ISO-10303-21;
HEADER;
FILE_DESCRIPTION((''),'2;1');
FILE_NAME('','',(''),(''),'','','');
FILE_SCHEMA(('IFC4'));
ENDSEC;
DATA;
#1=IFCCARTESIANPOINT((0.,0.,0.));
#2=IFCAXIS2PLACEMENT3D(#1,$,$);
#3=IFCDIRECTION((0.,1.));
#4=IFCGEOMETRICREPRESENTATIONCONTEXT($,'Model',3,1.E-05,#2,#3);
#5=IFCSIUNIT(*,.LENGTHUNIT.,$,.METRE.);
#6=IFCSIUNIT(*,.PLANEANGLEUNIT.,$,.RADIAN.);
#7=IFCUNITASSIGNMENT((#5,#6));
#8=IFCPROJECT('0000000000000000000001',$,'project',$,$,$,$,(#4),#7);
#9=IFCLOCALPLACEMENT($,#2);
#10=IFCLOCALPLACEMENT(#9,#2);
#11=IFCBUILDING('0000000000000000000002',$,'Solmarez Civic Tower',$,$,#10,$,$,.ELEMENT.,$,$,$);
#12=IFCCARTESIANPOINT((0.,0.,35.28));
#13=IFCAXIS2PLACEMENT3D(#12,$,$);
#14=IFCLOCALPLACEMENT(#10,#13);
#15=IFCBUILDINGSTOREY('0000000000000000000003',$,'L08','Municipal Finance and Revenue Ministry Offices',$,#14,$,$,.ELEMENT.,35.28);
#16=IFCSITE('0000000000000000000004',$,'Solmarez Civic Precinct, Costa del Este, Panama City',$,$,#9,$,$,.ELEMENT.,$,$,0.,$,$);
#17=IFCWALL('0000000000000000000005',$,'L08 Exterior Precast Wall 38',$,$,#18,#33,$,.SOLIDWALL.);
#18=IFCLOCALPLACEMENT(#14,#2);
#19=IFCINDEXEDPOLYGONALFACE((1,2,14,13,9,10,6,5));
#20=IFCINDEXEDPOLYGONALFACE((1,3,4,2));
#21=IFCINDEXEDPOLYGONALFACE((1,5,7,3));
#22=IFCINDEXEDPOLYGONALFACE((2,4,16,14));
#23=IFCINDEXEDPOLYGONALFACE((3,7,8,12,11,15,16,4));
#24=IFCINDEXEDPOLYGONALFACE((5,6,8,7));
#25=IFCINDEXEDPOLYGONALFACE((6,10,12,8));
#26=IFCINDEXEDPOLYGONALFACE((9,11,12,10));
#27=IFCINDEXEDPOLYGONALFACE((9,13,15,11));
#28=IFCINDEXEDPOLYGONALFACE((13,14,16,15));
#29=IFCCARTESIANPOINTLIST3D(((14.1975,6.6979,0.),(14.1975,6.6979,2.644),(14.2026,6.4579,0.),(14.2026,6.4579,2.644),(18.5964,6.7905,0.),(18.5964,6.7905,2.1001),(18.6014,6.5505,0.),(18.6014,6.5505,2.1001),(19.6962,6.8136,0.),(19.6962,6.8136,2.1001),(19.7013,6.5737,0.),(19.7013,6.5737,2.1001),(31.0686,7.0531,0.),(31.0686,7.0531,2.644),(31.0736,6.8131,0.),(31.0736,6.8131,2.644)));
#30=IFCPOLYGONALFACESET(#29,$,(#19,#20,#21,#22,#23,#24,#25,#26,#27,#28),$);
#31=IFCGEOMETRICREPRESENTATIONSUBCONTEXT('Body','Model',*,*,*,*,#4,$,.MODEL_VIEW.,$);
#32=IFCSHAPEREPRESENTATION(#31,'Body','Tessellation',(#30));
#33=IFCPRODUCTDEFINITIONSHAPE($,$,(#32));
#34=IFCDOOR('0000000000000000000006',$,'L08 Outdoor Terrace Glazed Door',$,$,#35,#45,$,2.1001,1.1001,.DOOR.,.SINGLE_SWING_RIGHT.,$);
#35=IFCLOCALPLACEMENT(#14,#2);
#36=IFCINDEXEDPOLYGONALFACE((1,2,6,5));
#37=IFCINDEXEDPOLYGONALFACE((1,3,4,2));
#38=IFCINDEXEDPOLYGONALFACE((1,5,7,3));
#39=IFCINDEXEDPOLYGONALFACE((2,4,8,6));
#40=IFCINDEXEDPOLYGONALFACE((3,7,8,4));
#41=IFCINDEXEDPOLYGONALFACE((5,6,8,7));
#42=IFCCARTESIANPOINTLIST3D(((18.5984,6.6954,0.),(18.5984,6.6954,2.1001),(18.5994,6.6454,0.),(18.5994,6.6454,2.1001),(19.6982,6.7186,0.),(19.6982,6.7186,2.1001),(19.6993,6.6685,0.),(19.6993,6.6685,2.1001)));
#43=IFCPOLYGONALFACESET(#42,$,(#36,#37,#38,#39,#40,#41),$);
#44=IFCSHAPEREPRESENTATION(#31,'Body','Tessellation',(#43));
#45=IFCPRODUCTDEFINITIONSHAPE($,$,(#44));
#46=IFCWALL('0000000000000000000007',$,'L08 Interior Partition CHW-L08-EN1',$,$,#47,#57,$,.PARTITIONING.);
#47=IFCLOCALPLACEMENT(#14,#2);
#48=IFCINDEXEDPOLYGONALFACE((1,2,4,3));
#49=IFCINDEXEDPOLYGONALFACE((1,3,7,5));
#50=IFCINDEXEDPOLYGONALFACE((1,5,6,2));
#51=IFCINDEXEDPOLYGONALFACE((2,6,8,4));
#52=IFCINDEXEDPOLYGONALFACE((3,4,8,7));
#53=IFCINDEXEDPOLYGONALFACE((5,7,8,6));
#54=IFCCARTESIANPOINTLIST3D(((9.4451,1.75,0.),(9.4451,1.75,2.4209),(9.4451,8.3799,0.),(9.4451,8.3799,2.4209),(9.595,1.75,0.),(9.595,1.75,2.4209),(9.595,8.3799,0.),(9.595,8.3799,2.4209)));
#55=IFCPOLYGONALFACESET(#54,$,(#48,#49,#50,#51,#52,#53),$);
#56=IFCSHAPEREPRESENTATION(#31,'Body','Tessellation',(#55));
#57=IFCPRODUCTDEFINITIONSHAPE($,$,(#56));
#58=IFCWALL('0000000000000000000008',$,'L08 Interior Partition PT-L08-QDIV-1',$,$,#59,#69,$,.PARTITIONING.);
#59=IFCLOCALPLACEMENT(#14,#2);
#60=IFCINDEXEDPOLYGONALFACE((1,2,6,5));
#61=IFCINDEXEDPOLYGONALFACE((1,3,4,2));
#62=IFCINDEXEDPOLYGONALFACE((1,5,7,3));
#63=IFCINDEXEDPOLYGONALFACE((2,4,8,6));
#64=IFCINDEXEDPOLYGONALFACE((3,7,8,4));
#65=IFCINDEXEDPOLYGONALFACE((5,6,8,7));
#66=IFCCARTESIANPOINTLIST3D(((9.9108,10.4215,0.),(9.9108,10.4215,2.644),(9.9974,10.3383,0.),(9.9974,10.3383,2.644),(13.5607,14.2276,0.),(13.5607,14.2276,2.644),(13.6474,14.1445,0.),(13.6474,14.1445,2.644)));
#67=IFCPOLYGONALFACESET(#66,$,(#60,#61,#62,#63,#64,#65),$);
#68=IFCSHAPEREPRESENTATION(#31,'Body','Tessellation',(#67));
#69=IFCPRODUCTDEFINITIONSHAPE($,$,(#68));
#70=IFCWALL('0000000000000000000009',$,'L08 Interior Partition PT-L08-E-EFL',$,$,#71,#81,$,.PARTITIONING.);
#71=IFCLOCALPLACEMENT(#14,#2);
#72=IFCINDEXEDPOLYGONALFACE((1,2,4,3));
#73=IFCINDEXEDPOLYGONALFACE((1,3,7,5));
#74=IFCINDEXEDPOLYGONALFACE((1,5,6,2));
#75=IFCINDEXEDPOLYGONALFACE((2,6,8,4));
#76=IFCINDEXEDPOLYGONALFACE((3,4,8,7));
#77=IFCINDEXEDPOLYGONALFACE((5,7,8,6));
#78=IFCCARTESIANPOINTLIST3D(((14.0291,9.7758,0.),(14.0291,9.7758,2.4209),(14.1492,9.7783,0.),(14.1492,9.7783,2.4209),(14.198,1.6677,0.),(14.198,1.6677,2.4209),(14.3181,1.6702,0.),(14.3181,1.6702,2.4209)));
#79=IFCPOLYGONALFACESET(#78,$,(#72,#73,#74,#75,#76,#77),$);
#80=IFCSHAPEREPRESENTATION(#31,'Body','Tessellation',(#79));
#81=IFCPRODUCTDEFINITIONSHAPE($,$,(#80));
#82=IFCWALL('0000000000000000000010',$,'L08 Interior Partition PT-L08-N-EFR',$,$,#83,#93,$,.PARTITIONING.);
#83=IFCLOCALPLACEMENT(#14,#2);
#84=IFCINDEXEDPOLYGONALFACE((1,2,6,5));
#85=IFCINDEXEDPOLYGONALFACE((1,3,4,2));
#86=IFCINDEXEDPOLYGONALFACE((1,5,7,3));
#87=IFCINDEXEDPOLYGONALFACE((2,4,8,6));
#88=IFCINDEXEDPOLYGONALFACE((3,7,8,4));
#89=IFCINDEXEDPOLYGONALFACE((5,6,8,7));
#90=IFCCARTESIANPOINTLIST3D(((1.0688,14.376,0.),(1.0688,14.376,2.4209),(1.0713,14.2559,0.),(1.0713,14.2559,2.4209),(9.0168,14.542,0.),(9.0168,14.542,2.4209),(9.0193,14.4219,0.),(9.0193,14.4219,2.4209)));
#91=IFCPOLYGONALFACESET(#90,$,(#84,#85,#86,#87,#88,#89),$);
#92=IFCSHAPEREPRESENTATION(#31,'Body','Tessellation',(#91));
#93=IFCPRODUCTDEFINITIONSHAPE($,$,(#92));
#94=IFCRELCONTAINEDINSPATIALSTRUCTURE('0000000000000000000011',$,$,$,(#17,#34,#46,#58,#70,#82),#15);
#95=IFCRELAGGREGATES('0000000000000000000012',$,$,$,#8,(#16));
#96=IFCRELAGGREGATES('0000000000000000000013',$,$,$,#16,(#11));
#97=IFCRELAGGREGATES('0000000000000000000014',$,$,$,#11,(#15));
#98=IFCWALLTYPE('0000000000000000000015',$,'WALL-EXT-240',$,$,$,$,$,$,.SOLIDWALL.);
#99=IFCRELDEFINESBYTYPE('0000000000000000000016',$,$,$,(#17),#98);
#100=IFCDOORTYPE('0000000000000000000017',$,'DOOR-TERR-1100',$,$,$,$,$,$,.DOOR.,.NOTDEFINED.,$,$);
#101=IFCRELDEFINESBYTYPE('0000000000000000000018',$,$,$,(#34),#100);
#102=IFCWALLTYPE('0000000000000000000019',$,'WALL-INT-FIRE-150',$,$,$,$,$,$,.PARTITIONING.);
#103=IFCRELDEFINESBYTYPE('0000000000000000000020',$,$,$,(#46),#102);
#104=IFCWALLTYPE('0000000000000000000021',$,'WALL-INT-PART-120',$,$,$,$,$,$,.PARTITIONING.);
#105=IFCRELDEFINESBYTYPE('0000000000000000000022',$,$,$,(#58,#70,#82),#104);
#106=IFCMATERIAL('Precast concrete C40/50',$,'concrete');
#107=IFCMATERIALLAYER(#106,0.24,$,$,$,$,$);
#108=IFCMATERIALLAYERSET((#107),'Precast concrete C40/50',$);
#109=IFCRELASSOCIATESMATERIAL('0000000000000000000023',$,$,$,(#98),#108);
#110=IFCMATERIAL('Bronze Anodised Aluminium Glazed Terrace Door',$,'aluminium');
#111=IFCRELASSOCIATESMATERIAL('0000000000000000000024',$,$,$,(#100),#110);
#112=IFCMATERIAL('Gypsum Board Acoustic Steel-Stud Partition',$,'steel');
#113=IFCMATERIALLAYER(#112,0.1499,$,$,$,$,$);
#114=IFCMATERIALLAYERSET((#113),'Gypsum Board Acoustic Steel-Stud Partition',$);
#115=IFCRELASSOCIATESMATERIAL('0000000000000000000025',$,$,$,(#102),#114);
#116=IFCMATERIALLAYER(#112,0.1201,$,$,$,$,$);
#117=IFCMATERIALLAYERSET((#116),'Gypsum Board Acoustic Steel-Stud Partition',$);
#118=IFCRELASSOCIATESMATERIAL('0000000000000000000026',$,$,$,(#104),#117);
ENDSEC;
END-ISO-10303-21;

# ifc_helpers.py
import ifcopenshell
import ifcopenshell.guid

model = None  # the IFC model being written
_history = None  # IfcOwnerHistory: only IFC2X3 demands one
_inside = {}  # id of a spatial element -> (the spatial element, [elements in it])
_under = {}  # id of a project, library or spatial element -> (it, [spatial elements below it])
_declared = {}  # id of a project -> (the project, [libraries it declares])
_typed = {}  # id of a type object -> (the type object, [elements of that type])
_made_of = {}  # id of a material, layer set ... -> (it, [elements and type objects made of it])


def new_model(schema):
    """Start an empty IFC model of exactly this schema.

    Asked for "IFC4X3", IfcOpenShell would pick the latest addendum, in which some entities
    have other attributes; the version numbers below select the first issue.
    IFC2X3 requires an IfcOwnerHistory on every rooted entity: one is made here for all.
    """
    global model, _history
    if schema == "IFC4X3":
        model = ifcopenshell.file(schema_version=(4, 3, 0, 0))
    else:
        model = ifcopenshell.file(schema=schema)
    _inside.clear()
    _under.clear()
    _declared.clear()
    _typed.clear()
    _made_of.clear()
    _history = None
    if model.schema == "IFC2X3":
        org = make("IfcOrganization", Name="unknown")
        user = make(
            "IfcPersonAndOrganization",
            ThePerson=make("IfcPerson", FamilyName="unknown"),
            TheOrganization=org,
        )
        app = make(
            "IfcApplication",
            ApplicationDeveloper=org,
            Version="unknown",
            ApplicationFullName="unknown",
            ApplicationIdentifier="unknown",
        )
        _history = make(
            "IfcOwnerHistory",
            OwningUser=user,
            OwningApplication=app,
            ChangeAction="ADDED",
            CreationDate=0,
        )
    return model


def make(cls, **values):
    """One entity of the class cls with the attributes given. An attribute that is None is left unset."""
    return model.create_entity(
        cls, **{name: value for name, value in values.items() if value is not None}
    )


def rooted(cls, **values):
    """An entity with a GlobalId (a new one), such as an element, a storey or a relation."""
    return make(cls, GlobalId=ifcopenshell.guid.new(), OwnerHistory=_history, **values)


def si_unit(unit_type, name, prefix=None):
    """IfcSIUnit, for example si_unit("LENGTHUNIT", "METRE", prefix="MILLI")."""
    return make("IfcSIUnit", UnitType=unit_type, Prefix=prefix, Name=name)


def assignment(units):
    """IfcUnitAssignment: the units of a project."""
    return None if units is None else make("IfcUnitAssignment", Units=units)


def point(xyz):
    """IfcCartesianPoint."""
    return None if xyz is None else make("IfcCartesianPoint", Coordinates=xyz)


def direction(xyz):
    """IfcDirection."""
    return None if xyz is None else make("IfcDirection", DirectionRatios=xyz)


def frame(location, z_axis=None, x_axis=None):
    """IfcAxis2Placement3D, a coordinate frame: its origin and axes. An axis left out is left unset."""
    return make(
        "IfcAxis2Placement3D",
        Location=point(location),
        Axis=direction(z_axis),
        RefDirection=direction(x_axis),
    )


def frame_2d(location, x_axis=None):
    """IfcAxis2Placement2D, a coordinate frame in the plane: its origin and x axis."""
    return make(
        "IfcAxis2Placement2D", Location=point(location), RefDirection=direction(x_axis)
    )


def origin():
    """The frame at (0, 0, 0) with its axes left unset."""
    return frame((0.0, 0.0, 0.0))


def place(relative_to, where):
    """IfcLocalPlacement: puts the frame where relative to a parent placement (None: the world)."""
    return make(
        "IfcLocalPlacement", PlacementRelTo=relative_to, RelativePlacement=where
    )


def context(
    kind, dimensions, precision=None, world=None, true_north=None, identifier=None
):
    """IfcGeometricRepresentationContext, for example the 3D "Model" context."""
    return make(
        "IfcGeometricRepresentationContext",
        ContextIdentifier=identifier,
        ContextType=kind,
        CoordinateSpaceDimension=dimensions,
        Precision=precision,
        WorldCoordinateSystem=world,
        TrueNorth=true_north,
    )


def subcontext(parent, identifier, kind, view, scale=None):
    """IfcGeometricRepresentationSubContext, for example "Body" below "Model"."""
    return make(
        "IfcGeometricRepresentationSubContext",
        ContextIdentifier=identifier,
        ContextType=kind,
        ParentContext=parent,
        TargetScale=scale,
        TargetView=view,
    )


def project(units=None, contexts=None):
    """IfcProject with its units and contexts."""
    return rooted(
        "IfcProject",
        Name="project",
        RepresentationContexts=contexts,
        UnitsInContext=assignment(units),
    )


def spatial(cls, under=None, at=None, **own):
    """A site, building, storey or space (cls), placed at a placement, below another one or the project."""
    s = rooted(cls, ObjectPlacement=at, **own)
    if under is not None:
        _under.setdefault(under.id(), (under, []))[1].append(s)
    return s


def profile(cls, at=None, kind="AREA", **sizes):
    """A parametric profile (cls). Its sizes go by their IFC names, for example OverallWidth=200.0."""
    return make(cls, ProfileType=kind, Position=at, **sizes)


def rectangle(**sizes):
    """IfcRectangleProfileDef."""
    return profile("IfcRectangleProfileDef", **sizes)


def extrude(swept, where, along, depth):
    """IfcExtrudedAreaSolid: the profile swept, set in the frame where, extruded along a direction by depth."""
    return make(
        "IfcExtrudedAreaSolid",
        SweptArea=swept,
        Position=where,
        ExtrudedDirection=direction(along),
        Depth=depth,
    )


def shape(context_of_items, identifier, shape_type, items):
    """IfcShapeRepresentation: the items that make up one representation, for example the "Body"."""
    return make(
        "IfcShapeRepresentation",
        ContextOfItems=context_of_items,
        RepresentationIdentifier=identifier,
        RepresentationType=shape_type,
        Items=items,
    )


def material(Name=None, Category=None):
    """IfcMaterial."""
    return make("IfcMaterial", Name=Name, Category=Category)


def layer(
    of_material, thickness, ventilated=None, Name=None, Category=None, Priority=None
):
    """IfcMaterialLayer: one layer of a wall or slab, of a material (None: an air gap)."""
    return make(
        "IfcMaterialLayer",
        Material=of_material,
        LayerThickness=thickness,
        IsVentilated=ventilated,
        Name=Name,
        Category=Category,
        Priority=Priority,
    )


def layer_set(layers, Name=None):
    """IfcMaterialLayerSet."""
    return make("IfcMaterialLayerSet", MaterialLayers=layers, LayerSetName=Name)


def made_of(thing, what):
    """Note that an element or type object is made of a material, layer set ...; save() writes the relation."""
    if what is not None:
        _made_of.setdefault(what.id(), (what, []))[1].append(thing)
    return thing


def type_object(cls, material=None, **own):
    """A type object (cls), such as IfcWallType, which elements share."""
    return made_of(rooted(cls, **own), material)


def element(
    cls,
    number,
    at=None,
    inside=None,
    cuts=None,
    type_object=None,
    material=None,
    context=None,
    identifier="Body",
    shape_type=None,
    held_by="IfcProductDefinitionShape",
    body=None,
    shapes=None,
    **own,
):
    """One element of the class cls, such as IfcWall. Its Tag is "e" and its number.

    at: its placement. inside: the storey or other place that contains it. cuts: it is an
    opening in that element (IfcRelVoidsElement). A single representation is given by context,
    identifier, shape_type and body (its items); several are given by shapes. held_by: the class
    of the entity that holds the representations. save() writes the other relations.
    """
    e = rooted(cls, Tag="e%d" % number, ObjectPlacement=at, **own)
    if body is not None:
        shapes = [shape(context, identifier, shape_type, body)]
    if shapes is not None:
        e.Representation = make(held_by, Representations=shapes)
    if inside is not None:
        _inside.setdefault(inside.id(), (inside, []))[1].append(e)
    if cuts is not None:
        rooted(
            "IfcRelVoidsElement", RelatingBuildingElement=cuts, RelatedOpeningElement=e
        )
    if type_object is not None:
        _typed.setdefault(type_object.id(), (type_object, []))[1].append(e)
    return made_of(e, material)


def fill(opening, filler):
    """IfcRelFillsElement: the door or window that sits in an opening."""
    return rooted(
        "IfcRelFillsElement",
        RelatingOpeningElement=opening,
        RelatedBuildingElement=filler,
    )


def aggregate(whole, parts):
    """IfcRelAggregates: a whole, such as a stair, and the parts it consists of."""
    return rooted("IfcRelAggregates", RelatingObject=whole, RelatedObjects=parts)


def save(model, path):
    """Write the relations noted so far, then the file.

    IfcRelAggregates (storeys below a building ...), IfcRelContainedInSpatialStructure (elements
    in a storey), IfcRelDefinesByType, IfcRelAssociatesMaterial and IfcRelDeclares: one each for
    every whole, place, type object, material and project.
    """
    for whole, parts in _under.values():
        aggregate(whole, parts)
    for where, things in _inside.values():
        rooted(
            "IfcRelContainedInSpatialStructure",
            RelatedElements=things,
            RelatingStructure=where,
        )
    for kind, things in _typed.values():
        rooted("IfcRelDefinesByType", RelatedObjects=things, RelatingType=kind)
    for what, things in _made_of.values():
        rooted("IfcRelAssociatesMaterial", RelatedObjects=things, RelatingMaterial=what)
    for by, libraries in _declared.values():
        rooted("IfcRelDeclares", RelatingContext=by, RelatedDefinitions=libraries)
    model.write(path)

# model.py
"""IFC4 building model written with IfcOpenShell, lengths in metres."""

from ifc_helpers import new_model, si_unit, direction, frame, frame_2d, origin, place, context, subcontext, project, spatial, rectangle, extrude, material, layer, layer_set, type_object, element, fill, save


model = new_model("IFC4")

# Units and contexts
model_context = context("Model", 3, precision=1e-05, world=origin(), true_north=direction((0.0, 1.0)))
body_context = subcontext(model_context, "Body", "Model", "MODEL_VIEW")
ifc_project = project(units=[si_unit("LENGTHUNIT", "METRE"), si_unit("PLANEANGLEUNIT", "RADIAN")], contexts=[model_context])

# Site, building, storey
site_placement = place(None, origin())
site = spatial("IfcSite", under=ifc_project, at=site_placement, Name="Solmarez Civic Precinct, Costa del Este, Panama City", CompositionType="ELEMENT", RefElevation=0.0)
building_placement = place(site_placement, origin())
building = spatial("IfcBuilding", under=site, at=building_placement, Name="Solmarez Civic Tower", CompositionType="ELEMENT")
storey_placement = place(building_placement, frame((0.0, 0.0, 35.28)))
storey = spatial("IfcBuildingStorey", under=building, at=storey_placement, Name="L08", Description="Municipal Finance and Revenue Ministry Offices", CompositionType="ELEMENT", Elevation=35.28)

# Shared definitions
ifc_material_1 = material(Name="Precast concrete C40/50", Category="concrete")
ifc_layer_1 = layer(ifc_material_1, 0.24)
ifc_layer_set_1 = layer_set([ifc_layer_1], Name="Precast concrete C40/50")
wall_type_1 = type_object("IfcWallType", Name="WALL-EXT-240", PredefinedType="SOLIDWALL", material=ifc_layer_set_1)

# Wall, opening, door
wall_1_placement = place(storey_placement, frame((14.2, 6.5779, 0.0), z_axis=(0.0, 0.0, 1.0), x_axis=(0.999778, 0.021051, 0.0)))
wall_1 = element("IfcWall", 1, at=wall_1_placement, inside=storey, type_object=wall_type_1, Name="L08 Exterior Precast Wall 38", PredefinedType="SOLIDWALL", context=body_context, shape_type="SweptSolid", body=[
    extrude(rectangle(XDim=16.8748, YDim=0.24, at=frame_2d((8.4375, 0.0))), origin(), (0.0, 0.0, 1.0), 2.644),
])
opening_placement = place(wall_1_placement, frame((4.3999, 0.0, 0.0)))
opening = element("IfcOpeningElement", 2, at=opening_placement, cuts=wall_1, PredefinedType="OPENING", context=body_context, shape_type="SweptSolid", body=[
    extrude(rectangle(XDim=1.1001, YDim=2.1001, at=frame_2d((0.55, 1.05))), frame((0.0, 0.1299, 0.0), z_axis=(0.0, -1.0, 0.0), x_axis=(1.0, 0.0, 0.0)), (0.0, 0.0, 1.0), 0.26),
])
ifc_material_2 = material(Name="Bronze Anodised Aluminium Glazed Terrace Door", Category="aluminium")
door_type = type_object("IfcDoorType", Name="DOOR-TERR-1100", OperationType="NOTDEFINED", PredefinedType="DOOR", material=ifc_material_2)
door_placement = place(opening_placement, origin())
door = element("IfcDoor", 3, at=door_placement, inside=storey, type_object=door_type, Name="L08 Outdoor Terrace Glazed Door", OperationType="SINGLE_SWING_RIGHT", OverallHeight=2.1001, OverallWidth=1.1001, PredefinedType="DOOR", context=body_context, shape_type="SweptSolid", body=[
    extrude(rectangle(XDim=1.1001, YDim=2.1001, at=frame_2d((0.55, 1.05))), frame((0.0, 0.0249, 0.0), z_axis=(0.0, -1.0, 0.0), x_axis=(1.0, 0.0, 0.0)), (0.0, 0.0, 1.0), 0.05),
])
fill(opening, door)

# Walls
ifc_material_3 = material(Name="Gypsum Board Acoustic Steel-Stud Partition", Category="steel")
ifc_layer_2 = layer(ifc_material_3, 0.1499)
ifc_layer_set_2 = layer_set([ifc_layer_2], Name="Gypsum Board Acoustic Steel-Stud Partition")
wall_type_2 = type_object("IfcWallType", Name="WALL-INT-FIRE-150", PredefinedType="PARTITIONING", material=ifc_layer_set_2)
wall_2_placement = place(storey_placement, frame((9.52, 1.75, 0.0), z_axis=(0.0, 0.0, 1.0), x_axis=(0.0, 1.0, 0.0)))
element("IfcWall", 4, at=wall_2_placement, inside=storey, type_object=wall_type_2, Name="L08 Interior Partition CHW-L08-EN1", PredefinedType="PARTITIONING", context=body_context, shape_type="SweptSolid", body=[
    extrude(rectangle(XDim=6.6299, YDim=0.1499, at=frame_2d((3.3149, 0.0))), origin(), (0.0, 0.0, 1.0), 2.4209),
])
ifc_layer_3 = layer(ifc_material_3, 0.1201)
ifc_layer_set_3 = layer_set([ifc_layer_3], Name="Gypsum Board Acoustic Steel-Stud Partition")
wall_type_3 = type_object("IfcWallType", Name="WALL-INT-PART-120", PredefinedType="PARTITIONING", material=ifc_layer_set_3)
wall_3_placement = place(storey_placement, frame((9.9541, 10.3799, 0.0), z_axis=(0.0, 0.0, 1.0), x_axis=(0.692137, 0.721767, 0.0)))
element("IfcWall", 5, at=wall_3_placement, inside=storey, type_object=wall_type_3, Name="L08 Interior Partition PT-L08-QDIV-1", PredefinedType="PARTITIONING", context=body_context, shape_type="SweptSolid", body=[
    extrude(rectangle(XDim=5.2734, YDim=0.1201, at=frame_2d((2.6367, 0.0))), origin(), (0.0, 0.0, 1.0), 2.644),
])
wall_4_placement = place(storey_placement, frame((14.2581, 1.6689, 0.0), z_axis=(0.0, 0.0, 1.0), x_axis=(-0.020832, 0.999783, 0.0)))
element("IfcWall", 6, at=wall_4_placement, inside=storey, type_object=wall_type_3, Name="L08 Interior Partition PT-L08-E-EFL", PredefinedType="PARTITIONING", context=body_context, shape_type="SweptSolid", body=[
    extrude(rectangle(XDim=8.1099, YDim=0.1201, at=frame_2d((4.0549, 0.0))), origin(), (0.0, 0.0, 1.0), 2.4209),
])
wall_5_placement = place(storey_placement, frame((9.0181, 14.4819, 0.0), z_axis=(0.0, 0.0, 1.0), x_axis=(-0.999782, -0.020883, 0.0)))
element("IfcWall", 7, at=wall_5_placement, inside=storey, type_object=wall_type_3, Name="L08 Interior Partition PT-L08-N-EFR", PredefinedType="PARTITIONING", context=body_context, shape_type="SweptSolid", body=[
    extrude(rectangle(XDim=7.9497, YDim=0.1201, at=frame_2d((3.9749, 0.0))), origin(), (0.0, 0.0, 1.0), 2.4209),
])

save(model, "model.ifc")
